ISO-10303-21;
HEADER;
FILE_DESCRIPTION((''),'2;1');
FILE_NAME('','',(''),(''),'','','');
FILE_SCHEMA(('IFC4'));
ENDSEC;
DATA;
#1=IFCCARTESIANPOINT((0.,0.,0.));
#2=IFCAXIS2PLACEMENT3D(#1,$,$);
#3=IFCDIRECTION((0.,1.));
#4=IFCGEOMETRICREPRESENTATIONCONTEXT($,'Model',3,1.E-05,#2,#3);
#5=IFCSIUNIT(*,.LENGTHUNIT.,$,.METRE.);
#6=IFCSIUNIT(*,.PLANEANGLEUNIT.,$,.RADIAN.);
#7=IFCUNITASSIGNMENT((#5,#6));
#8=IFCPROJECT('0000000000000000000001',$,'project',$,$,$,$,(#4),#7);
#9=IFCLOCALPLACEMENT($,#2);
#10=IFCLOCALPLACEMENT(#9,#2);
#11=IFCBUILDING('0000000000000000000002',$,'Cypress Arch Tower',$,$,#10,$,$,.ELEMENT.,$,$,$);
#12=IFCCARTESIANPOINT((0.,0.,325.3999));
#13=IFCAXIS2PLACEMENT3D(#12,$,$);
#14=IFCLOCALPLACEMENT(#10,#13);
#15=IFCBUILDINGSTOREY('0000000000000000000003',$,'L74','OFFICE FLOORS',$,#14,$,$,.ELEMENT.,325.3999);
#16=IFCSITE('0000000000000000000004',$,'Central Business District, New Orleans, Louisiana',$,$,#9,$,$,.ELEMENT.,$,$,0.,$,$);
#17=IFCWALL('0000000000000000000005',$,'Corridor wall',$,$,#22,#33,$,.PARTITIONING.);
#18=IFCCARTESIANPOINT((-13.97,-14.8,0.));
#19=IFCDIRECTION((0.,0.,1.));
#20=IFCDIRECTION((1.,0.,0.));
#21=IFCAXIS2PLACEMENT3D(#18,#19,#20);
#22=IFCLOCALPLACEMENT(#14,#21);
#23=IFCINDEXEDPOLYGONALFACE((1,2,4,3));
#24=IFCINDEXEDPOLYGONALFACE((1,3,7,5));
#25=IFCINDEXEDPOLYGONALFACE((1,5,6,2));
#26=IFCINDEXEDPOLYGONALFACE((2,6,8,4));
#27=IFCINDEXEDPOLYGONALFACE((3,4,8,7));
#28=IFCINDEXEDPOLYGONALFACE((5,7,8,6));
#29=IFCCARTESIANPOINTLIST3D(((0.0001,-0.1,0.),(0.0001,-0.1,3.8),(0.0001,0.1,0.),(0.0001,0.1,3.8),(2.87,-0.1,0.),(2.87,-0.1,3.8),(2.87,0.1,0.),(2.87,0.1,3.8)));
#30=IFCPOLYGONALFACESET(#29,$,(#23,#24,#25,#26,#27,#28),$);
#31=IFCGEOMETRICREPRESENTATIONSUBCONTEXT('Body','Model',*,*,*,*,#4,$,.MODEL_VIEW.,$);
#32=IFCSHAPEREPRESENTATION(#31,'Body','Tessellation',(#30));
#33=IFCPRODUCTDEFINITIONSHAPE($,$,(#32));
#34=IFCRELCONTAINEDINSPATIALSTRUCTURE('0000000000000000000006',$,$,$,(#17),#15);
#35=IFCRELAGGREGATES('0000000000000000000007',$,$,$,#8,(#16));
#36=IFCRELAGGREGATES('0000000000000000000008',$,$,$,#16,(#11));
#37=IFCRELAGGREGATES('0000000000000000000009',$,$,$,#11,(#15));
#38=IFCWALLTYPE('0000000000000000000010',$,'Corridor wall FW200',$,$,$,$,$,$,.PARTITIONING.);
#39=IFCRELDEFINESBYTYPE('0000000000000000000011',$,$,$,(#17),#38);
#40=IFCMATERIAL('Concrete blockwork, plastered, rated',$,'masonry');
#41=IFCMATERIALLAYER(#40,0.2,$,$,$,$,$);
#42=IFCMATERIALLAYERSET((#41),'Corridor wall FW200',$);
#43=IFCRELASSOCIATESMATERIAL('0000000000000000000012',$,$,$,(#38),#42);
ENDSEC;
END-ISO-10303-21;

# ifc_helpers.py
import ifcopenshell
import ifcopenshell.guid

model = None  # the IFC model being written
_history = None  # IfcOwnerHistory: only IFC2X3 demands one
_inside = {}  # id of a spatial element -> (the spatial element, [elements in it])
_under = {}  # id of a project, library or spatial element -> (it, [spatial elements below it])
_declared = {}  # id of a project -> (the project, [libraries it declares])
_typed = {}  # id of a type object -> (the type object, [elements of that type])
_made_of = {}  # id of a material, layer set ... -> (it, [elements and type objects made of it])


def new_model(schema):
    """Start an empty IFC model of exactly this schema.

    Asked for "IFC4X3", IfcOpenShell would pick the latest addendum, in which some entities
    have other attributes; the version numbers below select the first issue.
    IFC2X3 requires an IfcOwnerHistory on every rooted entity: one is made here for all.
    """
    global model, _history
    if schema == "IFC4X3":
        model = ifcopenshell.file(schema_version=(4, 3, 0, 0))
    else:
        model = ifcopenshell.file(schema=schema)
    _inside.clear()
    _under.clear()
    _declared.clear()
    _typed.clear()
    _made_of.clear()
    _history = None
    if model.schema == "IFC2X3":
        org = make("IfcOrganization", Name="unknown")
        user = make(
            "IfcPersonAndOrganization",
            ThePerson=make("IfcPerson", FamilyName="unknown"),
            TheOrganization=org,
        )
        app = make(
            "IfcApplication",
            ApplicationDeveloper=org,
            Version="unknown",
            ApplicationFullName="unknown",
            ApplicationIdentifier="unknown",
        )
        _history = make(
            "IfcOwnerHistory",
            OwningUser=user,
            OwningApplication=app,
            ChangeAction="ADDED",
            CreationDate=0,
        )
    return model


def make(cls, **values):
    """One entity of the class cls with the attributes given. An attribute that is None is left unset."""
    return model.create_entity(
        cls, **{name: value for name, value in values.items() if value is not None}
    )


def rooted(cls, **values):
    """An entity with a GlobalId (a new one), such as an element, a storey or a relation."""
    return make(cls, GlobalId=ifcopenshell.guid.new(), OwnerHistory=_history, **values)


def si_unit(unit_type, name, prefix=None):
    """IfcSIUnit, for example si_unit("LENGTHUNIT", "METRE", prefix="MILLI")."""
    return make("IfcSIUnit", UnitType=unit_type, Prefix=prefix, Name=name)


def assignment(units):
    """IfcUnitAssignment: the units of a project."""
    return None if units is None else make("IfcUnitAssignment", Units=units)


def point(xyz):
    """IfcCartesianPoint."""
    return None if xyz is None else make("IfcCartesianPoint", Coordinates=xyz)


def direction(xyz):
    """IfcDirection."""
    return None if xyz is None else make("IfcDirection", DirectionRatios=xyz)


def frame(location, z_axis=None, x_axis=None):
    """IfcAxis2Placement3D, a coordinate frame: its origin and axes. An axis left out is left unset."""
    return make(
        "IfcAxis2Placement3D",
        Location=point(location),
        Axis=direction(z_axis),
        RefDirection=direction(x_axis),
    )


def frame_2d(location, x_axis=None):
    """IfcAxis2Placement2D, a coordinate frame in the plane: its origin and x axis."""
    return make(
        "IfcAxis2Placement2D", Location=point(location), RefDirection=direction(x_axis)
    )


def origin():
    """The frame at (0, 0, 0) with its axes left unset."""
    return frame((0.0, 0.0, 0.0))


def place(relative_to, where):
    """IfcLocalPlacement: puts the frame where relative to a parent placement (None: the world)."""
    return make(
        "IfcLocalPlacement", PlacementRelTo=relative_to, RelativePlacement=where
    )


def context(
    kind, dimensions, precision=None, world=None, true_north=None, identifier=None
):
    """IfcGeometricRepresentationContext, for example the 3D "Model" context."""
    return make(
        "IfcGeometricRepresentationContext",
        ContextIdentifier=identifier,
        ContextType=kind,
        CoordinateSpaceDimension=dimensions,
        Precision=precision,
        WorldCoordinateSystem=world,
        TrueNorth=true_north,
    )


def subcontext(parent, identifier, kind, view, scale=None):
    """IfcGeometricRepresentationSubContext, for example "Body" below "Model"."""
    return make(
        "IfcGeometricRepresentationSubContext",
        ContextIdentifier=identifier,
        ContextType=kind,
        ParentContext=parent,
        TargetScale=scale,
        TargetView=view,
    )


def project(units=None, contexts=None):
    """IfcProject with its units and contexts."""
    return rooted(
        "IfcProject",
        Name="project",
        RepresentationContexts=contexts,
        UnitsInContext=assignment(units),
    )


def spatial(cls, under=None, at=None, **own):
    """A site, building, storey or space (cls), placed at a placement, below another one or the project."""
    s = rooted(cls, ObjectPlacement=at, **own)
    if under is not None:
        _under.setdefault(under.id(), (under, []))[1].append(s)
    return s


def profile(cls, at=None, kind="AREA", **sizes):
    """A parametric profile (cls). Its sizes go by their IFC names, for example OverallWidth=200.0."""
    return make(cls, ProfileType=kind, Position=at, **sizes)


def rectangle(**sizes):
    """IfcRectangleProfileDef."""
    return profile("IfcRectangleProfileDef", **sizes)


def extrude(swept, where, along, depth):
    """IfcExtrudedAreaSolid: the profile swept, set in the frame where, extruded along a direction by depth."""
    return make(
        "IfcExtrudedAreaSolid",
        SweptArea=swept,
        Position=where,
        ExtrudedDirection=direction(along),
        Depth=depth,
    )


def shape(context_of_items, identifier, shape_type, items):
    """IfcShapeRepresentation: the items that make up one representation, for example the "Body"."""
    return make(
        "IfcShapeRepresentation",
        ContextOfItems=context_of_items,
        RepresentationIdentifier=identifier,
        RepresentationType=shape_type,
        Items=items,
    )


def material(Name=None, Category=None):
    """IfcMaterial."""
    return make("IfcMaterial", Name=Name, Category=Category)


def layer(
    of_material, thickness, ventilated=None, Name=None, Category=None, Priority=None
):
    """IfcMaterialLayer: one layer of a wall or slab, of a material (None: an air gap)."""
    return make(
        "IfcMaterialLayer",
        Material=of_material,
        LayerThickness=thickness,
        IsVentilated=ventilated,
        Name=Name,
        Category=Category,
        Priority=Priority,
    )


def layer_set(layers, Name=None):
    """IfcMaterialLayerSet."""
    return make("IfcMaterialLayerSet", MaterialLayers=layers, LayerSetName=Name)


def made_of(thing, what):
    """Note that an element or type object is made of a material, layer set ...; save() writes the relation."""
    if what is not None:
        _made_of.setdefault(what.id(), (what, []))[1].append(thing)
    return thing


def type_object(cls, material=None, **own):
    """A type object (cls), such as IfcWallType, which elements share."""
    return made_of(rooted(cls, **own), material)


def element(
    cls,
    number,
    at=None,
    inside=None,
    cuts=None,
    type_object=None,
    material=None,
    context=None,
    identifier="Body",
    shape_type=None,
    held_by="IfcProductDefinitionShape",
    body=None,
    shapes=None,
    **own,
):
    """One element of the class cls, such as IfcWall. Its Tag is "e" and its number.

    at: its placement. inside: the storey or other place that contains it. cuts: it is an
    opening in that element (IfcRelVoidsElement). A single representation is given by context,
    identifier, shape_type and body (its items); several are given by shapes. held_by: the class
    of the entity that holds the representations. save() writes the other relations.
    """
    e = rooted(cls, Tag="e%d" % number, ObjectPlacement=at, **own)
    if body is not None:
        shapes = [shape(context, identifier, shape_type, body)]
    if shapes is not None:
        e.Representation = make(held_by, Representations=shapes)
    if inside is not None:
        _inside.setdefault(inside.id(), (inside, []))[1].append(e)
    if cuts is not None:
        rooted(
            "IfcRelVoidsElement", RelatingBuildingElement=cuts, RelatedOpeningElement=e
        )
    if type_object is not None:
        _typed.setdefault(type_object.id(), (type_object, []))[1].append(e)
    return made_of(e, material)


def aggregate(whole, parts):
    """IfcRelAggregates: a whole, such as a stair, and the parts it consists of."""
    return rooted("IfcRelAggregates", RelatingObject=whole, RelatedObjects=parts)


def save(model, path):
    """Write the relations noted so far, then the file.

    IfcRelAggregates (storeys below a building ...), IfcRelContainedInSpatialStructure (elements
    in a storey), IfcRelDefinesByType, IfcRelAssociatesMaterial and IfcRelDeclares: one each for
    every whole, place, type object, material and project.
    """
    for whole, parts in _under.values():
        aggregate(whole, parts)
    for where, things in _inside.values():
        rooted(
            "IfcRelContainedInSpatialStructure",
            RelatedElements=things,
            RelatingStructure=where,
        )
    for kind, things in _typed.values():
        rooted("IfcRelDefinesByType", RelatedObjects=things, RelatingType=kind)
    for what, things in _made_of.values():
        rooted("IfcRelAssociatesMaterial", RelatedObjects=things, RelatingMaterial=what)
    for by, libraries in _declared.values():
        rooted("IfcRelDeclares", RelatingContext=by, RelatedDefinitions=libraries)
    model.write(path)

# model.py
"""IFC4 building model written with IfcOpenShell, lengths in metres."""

from ifc_helpers import new_model, si_unit, direction, frame, frame_2d, origin, place, context, subcontext, project, spatial, rectangle, extrude, material, layer, layer_set, type_object, element, save


model = new_model("IFC4")

# Units and contexts
model_context = context("Model", 3, precision=1e-05, world=origin(), true_north=direction((0.0, 1.0)))
body_context = subcontext(model_context, "Body", "Model", "MODEL_VIEW")
ifc_project = project(units=[si_unit("LENGTHUNIT", "METRE"), si_unit("PLANEANGLEUNIT", "RADIAN")], contexts=[model_context])

# Site, building, storey
site_placement = place(None, origin())
site = spatial("IfcSite", under=ifc_project, at=site_placement, Name="Central Business District, New Orleans, Louisiana", CompositionType="ELEMENT", RefElevation=0.0)
building_placement = place(site_placement, origin())
building = spatial("IfcBuilding", under=site, at=building_placement, Name="Cypress Arch Tower", CompositionType="ELEMENT")
storey_placement = place(building_placement, frame((0.0, 0.0, 325.3999)))
storey = spatial("IfcBuildingStorey", under=building, at=storey_placement, Name="L74", Description="OFFICE FLOORS", CompositionType="ELEMENT", Elevation=325.3999)

# Wall
ifc_material_1 = material(Name="Concrete blockwork, plastered, rated", Category="masonry")
ifc_layer_1 = layer(ifc_material_1, 0.2)
ifc_layer_set_1 = layer_set([ifc_layer_1], Name="Corridor wall FW200")
wall_type_1 = type_object("IfcWallType", Name="Corridor wall FW200", PredefinedType="PARTITIONING", material=ifc_layer_set_1)
wall_1_placement = place(storey_placement, frame((-13.97, -14.8, 0.0), z_axis=(0.0, 0.0, 1.0), x_axis=(1.0, 0.0, 0.0)))
element("IfcWall", 1, at=wall_1_placement, inside=storey, type_object=wall_type_1, Name="Corridor wall", PredefinedType="PARTITIONING", context=body_context, shape_type="SweptSolid", body=[
    extrude(rectangle(XDim=2.8699, YDim=0.2, at=frame_2d((1.4351, 0.0))), origin(), (0.0, 0.0, 1.0), 3.8),
])

save(model, "model.ifc")
